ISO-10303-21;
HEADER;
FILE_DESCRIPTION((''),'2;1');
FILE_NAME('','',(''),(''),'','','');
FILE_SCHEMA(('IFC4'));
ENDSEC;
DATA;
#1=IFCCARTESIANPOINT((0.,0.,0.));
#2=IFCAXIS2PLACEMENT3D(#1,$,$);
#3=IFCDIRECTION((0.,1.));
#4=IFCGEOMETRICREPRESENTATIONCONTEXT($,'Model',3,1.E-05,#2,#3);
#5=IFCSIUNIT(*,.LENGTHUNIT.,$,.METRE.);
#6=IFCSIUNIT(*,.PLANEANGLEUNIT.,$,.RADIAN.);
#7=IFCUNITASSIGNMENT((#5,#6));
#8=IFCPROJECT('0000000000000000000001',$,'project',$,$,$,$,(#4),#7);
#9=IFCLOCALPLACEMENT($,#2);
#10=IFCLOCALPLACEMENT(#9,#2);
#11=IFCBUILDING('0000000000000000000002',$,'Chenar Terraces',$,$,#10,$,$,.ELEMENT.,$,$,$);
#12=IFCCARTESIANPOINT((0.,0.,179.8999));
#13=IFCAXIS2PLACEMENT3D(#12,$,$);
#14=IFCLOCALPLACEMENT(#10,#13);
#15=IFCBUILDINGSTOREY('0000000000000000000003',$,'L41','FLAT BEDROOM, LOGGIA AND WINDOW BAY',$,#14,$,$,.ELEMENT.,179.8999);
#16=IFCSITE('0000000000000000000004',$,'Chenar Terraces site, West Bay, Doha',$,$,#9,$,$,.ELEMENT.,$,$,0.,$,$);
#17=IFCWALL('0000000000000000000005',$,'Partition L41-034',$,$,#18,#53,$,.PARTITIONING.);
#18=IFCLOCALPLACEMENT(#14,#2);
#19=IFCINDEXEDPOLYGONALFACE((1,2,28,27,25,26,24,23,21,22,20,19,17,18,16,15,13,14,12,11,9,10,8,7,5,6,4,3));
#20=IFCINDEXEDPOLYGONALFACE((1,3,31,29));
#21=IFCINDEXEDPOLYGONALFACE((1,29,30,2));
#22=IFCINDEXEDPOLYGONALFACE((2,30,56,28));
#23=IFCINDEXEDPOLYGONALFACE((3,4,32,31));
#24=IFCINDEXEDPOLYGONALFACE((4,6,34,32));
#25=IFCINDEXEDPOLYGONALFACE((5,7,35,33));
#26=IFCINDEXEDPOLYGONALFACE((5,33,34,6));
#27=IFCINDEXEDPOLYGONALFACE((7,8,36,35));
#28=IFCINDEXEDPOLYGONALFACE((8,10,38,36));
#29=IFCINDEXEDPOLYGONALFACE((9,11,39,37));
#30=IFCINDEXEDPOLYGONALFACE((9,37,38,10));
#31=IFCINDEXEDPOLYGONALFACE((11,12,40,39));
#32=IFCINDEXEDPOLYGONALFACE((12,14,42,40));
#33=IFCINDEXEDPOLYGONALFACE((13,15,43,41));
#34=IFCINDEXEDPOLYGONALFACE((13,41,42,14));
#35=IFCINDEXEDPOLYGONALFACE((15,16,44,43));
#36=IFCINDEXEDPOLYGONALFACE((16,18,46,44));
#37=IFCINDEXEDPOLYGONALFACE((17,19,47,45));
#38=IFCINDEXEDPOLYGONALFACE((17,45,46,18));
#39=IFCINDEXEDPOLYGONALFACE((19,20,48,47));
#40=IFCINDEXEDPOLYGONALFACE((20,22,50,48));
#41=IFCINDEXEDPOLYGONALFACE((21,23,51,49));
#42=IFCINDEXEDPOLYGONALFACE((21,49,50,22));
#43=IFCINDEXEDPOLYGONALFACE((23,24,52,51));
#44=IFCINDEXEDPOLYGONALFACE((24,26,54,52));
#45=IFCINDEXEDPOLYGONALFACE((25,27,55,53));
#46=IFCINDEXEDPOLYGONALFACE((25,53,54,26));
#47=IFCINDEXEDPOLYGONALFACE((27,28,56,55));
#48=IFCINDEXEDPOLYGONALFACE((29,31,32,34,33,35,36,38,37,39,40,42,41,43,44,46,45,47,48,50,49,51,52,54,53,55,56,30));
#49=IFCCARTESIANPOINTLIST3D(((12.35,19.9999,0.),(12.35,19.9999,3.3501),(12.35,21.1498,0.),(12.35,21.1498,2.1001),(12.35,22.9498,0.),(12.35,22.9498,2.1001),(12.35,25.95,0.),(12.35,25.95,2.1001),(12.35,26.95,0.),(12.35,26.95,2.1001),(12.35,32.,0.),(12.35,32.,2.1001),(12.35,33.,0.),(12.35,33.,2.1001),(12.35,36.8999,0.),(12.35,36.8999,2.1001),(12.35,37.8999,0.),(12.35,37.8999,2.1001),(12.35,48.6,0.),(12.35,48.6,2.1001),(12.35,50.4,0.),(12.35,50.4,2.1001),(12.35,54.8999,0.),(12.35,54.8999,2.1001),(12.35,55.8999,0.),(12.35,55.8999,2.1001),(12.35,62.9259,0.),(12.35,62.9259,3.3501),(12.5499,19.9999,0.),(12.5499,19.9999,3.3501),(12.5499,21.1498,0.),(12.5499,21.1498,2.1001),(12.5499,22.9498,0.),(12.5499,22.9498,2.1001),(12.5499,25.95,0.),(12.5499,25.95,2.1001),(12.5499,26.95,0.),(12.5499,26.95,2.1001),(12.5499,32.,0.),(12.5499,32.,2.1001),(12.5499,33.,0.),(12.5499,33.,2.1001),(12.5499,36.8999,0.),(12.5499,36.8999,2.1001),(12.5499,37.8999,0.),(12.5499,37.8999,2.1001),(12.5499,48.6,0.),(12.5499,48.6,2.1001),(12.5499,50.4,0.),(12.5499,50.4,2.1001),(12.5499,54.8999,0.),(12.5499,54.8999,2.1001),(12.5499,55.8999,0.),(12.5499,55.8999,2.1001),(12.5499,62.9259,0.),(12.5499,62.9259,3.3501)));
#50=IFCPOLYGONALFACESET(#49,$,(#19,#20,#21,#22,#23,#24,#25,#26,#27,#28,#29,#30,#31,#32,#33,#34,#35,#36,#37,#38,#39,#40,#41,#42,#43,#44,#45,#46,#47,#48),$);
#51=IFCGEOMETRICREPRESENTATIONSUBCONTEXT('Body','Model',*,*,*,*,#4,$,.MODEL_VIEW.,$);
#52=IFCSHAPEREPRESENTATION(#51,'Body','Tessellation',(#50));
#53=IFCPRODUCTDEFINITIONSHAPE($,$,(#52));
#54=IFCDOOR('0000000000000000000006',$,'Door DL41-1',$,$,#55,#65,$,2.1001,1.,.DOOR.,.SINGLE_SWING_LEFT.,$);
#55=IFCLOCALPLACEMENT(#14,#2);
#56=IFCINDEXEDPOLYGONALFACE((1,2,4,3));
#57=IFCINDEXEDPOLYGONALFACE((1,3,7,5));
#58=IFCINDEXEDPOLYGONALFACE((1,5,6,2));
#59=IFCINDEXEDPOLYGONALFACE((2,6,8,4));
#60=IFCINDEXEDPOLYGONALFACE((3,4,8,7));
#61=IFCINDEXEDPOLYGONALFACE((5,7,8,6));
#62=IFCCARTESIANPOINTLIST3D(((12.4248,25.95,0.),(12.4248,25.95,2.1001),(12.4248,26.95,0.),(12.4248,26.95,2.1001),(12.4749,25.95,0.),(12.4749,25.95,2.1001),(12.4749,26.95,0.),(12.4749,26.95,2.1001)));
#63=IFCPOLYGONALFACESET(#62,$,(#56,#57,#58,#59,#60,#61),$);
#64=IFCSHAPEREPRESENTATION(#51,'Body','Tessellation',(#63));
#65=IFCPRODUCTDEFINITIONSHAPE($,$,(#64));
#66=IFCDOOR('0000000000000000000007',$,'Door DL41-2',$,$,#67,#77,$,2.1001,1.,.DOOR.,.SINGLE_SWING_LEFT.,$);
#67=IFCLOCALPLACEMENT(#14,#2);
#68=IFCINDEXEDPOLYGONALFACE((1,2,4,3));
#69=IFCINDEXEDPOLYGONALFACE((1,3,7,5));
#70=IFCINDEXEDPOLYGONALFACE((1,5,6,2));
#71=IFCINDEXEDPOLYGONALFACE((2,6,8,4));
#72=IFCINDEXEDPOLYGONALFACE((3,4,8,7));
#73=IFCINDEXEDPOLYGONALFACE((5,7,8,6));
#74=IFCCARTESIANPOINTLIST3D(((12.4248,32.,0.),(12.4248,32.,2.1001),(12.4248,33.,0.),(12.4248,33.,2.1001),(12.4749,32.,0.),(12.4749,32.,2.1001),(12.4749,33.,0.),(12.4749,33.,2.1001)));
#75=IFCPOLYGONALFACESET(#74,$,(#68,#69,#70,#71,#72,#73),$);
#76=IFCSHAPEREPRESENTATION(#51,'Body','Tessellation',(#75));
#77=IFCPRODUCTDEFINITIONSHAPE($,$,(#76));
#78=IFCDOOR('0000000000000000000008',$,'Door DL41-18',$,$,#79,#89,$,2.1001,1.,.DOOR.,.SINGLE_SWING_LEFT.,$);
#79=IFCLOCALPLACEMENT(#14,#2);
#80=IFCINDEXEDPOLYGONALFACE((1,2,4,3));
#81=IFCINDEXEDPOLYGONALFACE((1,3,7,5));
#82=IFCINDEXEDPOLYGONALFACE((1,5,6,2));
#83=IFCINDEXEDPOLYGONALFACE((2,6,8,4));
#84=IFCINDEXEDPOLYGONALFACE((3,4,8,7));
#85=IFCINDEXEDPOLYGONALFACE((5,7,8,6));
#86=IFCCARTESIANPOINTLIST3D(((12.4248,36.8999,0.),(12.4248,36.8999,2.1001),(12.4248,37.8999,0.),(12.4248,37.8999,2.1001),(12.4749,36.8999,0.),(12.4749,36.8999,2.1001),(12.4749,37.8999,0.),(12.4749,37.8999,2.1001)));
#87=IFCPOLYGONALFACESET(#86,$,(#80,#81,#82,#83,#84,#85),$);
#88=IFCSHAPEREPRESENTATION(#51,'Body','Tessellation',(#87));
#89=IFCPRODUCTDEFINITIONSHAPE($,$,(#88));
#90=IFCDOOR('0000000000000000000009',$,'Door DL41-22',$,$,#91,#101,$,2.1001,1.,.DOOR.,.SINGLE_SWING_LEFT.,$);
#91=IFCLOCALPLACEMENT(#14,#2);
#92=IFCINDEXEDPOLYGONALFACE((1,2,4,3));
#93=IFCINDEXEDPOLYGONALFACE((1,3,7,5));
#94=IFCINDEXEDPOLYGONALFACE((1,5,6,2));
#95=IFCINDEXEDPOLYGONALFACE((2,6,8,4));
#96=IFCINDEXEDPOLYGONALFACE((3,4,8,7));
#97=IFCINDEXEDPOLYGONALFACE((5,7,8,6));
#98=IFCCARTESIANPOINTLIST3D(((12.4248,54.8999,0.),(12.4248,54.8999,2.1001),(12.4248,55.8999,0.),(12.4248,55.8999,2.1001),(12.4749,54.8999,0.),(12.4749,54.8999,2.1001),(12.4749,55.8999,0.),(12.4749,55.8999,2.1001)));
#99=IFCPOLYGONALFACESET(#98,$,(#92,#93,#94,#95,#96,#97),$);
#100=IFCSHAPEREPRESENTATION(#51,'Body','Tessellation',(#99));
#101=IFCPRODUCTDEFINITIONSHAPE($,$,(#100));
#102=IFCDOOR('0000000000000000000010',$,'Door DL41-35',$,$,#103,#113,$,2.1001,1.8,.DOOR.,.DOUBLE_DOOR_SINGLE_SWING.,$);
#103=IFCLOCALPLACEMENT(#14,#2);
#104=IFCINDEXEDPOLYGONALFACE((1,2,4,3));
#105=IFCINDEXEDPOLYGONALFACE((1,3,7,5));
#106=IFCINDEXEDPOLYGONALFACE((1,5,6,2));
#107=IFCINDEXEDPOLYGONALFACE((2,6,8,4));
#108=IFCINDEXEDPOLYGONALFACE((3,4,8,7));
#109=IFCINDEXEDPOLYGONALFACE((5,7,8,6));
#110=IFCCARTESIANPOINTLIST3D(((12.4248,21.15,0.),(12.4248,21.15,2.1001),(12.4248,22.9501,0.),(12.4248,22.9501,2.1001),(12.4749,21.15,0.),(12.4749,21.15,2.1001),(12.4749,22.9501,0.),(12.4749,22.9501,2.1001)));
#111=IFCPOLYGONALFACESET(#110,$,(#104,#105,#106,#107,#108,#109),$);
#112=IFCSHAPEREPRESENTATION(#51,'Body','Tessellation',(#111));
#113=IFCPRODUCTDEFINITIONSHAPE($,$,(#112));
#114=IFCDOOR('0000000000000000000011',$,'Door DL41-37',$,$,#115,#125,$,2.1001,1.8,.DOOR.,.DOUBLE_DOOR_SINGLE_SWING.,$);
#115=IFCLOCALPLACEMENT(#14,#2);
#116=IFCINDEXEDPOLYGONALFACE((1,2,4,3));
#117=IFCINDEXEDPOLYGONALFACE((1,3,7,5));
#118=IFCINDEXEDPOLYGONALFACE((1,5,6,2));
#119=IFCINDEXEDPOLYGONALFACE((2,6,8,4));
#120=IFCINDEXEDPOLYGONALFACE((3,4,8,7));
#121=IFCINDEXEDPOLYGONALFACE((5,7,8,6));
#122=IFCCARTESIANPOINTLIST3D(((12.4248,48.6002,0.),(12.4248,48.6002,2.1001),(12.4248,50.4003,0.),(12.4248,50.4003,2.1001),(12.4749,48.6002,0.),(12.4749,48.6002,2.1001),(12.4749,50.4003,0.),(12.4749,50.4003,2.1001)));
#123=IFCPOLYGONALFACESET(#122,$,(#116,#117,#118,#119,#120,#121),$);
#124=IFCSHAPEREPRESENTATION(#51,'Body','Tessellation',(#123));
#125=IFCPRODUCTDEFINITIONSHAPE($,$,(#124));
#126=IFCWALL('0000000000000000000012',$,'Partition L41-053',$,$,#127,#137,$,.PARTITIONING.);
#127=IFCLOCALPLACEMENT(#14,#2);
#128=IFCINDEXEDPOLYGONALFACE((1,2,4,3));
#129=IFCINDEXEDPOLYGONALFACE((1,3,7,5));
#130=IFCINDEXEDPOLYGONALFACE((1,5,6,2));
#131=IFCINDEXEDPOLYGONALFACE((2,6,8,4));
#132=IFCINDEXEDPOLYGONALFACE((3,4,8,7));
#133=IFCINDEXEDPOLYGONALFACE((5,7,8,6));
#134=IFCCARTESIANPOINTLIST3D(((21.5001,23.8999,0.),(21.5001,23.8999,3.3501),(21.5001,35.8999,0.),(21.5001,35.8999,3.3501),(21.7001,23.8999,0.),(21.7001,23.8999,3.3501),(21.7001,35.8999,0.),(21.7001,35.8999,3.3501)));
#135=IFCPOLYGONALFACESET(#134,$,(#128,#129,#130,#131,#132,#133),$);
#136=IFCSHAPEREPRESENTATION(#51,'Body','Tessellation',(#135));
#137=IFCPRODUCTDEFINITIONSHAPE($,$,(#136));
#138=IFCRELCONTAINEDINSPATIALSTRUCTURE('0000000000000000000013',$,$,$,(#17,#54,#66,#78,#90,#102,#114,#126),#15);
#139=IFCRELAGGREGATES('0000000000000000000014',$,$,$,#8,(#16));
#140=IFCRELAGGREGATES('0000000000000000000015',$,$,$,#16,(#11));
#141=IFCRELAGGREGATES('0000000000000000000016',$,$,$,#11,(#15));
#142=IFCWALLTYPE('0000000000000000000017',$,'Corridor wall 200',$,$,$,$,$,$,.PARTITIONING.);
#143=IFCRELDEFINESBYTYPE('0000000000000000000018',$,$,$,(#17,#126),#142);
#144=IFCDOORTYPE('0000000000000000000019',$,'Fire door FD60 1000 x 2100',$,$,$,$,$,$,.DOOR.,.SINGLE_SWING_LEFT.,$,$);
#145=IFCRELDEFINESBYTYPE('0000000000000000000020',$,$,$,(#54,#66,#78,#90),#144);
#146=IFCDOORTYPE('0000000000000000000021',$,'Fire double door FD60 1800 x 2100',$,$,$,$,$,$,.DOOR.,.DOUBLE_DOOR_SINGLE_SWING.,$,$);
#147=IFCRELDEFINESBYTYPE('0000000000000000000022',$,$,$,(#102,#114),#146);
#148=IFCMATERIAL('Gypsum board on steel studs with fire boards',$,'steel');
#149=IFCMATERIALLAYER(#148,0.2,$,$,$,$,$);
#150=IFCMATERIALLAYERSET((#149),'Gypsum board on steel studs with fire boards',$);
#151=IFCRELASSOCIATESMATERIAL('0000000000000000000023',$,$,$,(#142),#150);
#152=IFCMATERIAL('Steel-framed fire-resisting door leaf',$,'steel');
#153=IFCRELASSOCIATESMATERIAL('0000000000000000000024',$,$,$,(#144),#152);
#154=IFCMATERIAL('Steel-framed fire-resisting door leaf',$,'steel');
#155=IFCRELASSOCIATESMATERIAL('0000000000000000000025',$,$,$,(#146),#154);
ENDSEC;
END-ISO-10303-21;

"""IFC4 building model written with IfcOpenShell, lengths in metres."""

from ifc_helpers import new_model, si_unit, direction, frame, frame_2d, origin, place, context, subcontext, project, spatial, rectangle, extrude, material, layer, layer_set, type_object, element, fill, save


model = new_model("IFC4")

# Units and contexts
model_context = context("Model", 3, precision=1e-05, world=origin(), true_north=direction((0.0, 1.0)))
body_context = subcontext(model_context, "Body", "Model", "MODEL_VIEW")
ifc_project = project(units=[si_unit("LENGTHUNIT", "METRE"), si_unit("PLANEANGLEUNIT", "RADIAN")], contexts=[model_context])

# Site, building, storey
site_placement = place(None, origin())
site = spatial("IfcSite", under=ifc_project, at=site_placement, Name="Chenar Terraces site, West Bay, Doha", CompositionType="ELEMENT", RefElevation=0.0)
building_placement = place(site_placement, origin())
building = spatial("IfcBuilding", under=site, at=building_placement, Name="Chenar Terraces", CompositionType="ELEMENT")
storey_placement = place(building_placement, frame((0.0, 0.0, 179.8999)))
storey = spatial("IfcBuildingStorey", under=building, at=storey_placement, Name="L41", Description="FLAT BEDROOM, LOGGIA AND WINDOW BAY", CompositionType="ELEMENT", Elevation=179.8999)

# Wall, openings, doors
ifc_material_1 = material(Name="Gypsum board on steel studs with fire boards", Category="steel")
ifc_layer_1 = layer(ifc_material_1, 0.2)
ifc_layer_set_1 = layer_set([ifc_layer_1], Name="Gypsum board on steel studs with fire boards")
wall_type_1 = type_object("IfcWallType", Name="Corridor wall 200", PredefinedType="PARTITIONING", material=ifc_layer_set_1)
wall_1_placement = place(storey_placement, frame((12.45, 20.0, 0.0), z_axis=(0.0, 0.0, 1.0), x_axis=(0.0, 1.0, 0.0)))
wall_1 = element("IfcWall", 1, at=wall_1_placement, inside=storey, type_object=wall_type_1, Name="Partition L41-034", PredefinedType="PARTITIONING", context=body_context, shape_type="SweptSolid", body=[
    extrude(rectangle(XDim=42.926, YDim=0.2, at=frame_2d((21.4629, 0.0))), origin(), (0.0, 0.0, 1.0), 3.3501),
])
opening_1_placement = place(wall_1_placement, frame((5.95, 0.0, 0.0)))
opening_1 = element("IfcOpeningElement", 2, at=opening_1_placement, cuts=wall_1, PredefinedType="OPENING", context=body_context, shape_type="SweptSolid", body=[
    extrude(rectangle(XDim=1.0, YDim=2.1001, at=frame_2d((0.5, 1.05))), frame((0.0, 0.1099, 0.0), z_axis=(0.0, -1.0, 0.0), x_axis=(1.0, 0.0, 0.0)), (0.0, 0.0, 1.0), 0.22),
])
opening_2_placement = place(wall_1_placement, frame((12.0, 0.0, 0.0)))
opening_2 = element("IfcOpeningElement", 3, at=opening_2_placement, cuts=wall_1, PredefinedType="OPENING", context=body_context, shape_type="SweptSolid", body=[
    extrude(rectangle(XDim=1.0, YDim=2.1001, at=frame_2d((0.5, 1.05))), frame((0.0, 0.1099, 0.0), z_axis=(0.0, -1.0, 0.0), x_axis=(1.0, 0.0, 0.0)), (0.0, 0.0, 1.0), 0.22),
])
opening_3_placement = place(wall_1_placement, frame((16.8999, 0.0, 0.0)))
opening_3 = element("IfcOpeningElement", 4, at=opening_3_placement, cuts=wall_1, PredefinedType="OPENING", context=body_context, shape_type="SweptSolid", body=[
    extrude(rectangle(XDim=1.0, YDim=2.1001, at=frame_2d((0.5, 1.05))), frame((0.0, 0.1099, 0.0), z_axis=(0.0, -1.0, 0.0), x_axis=(1.0, 0.0, 0.0)), (0.0, 0.0, 1.0), 0.22),
])
opening_4_placement = place(wall_1_placement, frame((34.8999, 0.0, 0.0)))
opening_4 = element("IfcOpeningElement", 5, at=opening_4_placement, cuts=wall_1, PredefinedType="OPENING", context=body_context, shape_type="SweptSolid", body=[
    extrude(rectangle(XDim=1.0, YDim=2.1001, at=frame_2d((0.5, 1.05))), frame((0.0, 0.1099, 0.0), z_axis=(0.0, -1.0, 0.0), x_axis=(1.0, 0.0, 0.0)), (0.0, 0.0, 1.0), 0.22),
])
opening_5_placement = place(wall_1_placement, frame((1.1499, 0.0, 0.0)))
opening_5 = element("IfcOpeningElement", 6, at=opening_5_placement, cuts=wall_1, PredefinedType="OPENING", context=body_context, shape_type="SweptSolid", body=[
    extrude(rectangle(XDim=1.8, YDim=2.1001, at=frame_2d((0.8999, 1.05))), frame((0.0, 0.1099, 0.0), z_axis=(0.0, -1.0, 0.0), x_axis=(1.0, 0.0, 0.0)), (0.0, 0.0, 1.0), 0.22),
])
opening_6_placement = place(wall_1_placement, frame((28.6001, 0.0, 0.0)))
opening_6 = element("IfcOpeningElement", 7, at=opening_6_placement, cuts=wall_1, PredefinedType="OPENING", context=body_context, shape_type="SweptSolid", body=[
    extrude(rectangle(XDim=1.8, YDim=2.1001, at=frame_2d((0.8999, 1.05))), frame((0.0, 0.1099, 0.0), z_axis=(0.0, -1.0, 0.0), x_axis=(1.0, 0.0, 0.0)), (0.0, 0.0, 1.0), 0.22),
])
ifc_material_2 = material(Name="Steel-framed fire-resisting door leaf", Category="steel")
door_type_1 = type_object("IfcDoorType", Name="Fire door FD60 1000 x 2100", OperationType="SINGLE_SWING_LEFT", PredefinedType="DOOR", material=ifc_material_2)
door_1_placement = place(opening_1_placement, frame((1.0, 0.0, 0.0), z_axis=(0.0, 0.0, 1.0), x_axis=(-1.0, 0.0, 0.0)))
door_1 = element("IfcDoor", 8, at=door_1_placement, inside=storey, type_object=door_type_1, Name="Door DL41-1", OperationType="SINGLE_SWING_LEFT", OverallHeight=2.1001, OverallWidth=1.0, PredefinedType="DOOR", context=body_context, shape_type="SweptSolid", body=[
    extrude(rectangle(XDim=1.0, YDim=2.1001, at=frame_2d((0.5, 1.05))), frame((0.0, 0.0249, 0.0), z_axis=(0.0, -1.0, 0.0), x_axis=(1.0, 0.0, 0.0)), (0.0, 0.0, 1.0), 0.05),
])
fill(opening_1, door_1)
door_2_placement = place(opening_2_placement, frame((1.0, 0.0, 0.0), z_axis=(0.0, 0.0, 1.0), x_axis=(-1.0, 0.0, 0.0)))
door_2 = element("IfcDoor", 9, at=door_2_placement, inside=storey, type_object=door_type_1, Name="Door DL41-2", OperationType="SINGLE_SWING_LEFT", OverallHeight=2.1001, OverallWidth=1.0, PredefinedType="DOOR", context=body_context, shape_type="SweptSolid", body=[
    extrude(rectangle(XDim=1.0, YDim=2.1001, at=frame_2d((0.5, 1.05))), frame((0.0, 0.0249, 0.0), z_axis=(0.0, -1.0, 0.0), x_axis=(1.0, 0.0, 0.0)), (0.0, 0.0, 1.0), 0.05),
])
fill(opening_2, door_2)
door_3_placement = place(opening_3_placement, frame((1.0, 0.0, 0.0), z_axis=(0.0, 0.0, 1.0), x_axis=(-1.0, 0.0, 0.0)))
door_3 = element("IfcDoor", 10, at=door_3_placement, inside=storey, type_object=door_type_1, Name="Door DL41-18", OperationType="SINGLE_SWING_LEFT", OverallHeight=2.1001, OverallWidth=1.0, PredefinedType="DOOR", context=body_context, shape_type="SweptSolid", body=[
    extrude(rectangle(XDim=1.0, YDim=2.1001, at=frame_2d((0.5, 1.05))), frame((0.0, 0.0249, 0.0), z_axis=(0.0, -1.0, 0.0), x_axis=(1.0, 0.0, 0.0)), (0.0, 0.0, 1.0), 0.05),
])
fill(opening_3, door_3)
door_4_placement = place(opening_4_placement, frame((1.0, 0.0, 0.0), z_axis=(0.0, 0.0, 1.0), x_axis=(-1.0, 0.0, 0.0)))
door_4 = element("IfcDoor", 11, at=door_4_placement, inside=storey, type_object=door_type_1, Name="Door DL41-22", OperationType="SINGLE_SWING_LEFT", OverallHeight=2.1001, OverallWidth=1.0, PredefinedType="DOOR", context=body_context, shape_type="SweptSolid", body=[
    extrude(rectangle(XDim=1.0, YDim=2.1001, at=frame_2d((0.5, 1.05))), frame((0.0, 0.0249, 0.0), z_axis=(0.0, -1.0, 0.0), x_axis=(1.0, 0.0, 0.0)), (0.0, 0.0, 1.0), 0.05),
])
fill(opening_4, door_4)
ifc_material_3 = material(Name="Steel-framed fire-resisting door leaf", Category="steel")
door_type_2 = type_object("IfcDoorType", Name="Fire double door FD60 1800 x 2100", OperationType="DOUBLE_DOOR_SINGLE_SWING", PredefinedType="DOOR", material=ifc_material_3)
door_5_placement = place(opening_5_placement, frame((1.8, 0.0, 0.0), z_axis=(0.0, 0.0, 1.0), x_axis=(-1.0, 0.0, 0.0)))
door_5 = element("IfcDoor", 12, at=door_5_placement, inside=storey, type_object=door_type_2, Name="Door DL41-35", OperationType="DOUBLE_DOOR_SINGLE_SWING", OverallHeight=2.1001, OverallWidth=1.8, PredefinedType="DOOR", context=body_context, shape_type="SweptSolid", body=[
    extrude(rectangle(XDim=1.8, YDim=2.1001, at=frame_2d((0.8999, 1.05))), frame((0.0, 0.0249, 0.0), z_axis=(0.0, -1.0, 0.0), x_axis=(1.0, 0.0, 0.0)), (0.0, 0.0, 1.0), 0.05),
])
fill(opening_5, door_5)
door_6_placement = place(opening_6_placement, frame((1.8, 0.0, 0.0), z_axis=(0.0, 0.0, 1.0), x_axis=(-1.0, 0.0, 0.0)))
door_6 = element("IfcDoor", 13, at=door_6_placement, inside=storey, type_object=door_type_2, Name="Door DL41-37", OperationType="DOUBLE_DOOR_SINGLE_SWING", OverallHeight=2.1001, OverallWidth=1.8, PredefinedType="DOOR", context=body_context, shape_type="SweptSolid", body=[
    extrude(rectangle(XDim=1.8, YDim=2.1001, at=frame_2d((0.8999, 1.05))), frame((0.0, 0.0249, 0.0), z_axis=(0.0, -1.0, 0.0), x_axis=(1.0, 0.0, 0.0)), (0.0, 0.0, 1.0), 0.05),
])
fill(opening_6, door_6)

# Wall
wall_2_placement = place(storey_placement, frame((21.6001, 23.8999, 0.0), z_axis=(0.0, 0.0, 1.0), x_axis=(0.0, 1.0, 0.0)))
element("IfcWall", 14, at=wall_2_placement, inside=storey, type_object=wall_type_1, Name="Partition L41-053", PredefinedType="PARTITIONING", context=body_context, shape_type="SweptSolid", body=[
    extrude(rectangle(XDim=12.0, YDim=0.2, at=frame_2d((6.0, 0.0))), origin(), (0.0, 0.0, 1.0), 3.3501),
])

save(model, "model.ifc")
